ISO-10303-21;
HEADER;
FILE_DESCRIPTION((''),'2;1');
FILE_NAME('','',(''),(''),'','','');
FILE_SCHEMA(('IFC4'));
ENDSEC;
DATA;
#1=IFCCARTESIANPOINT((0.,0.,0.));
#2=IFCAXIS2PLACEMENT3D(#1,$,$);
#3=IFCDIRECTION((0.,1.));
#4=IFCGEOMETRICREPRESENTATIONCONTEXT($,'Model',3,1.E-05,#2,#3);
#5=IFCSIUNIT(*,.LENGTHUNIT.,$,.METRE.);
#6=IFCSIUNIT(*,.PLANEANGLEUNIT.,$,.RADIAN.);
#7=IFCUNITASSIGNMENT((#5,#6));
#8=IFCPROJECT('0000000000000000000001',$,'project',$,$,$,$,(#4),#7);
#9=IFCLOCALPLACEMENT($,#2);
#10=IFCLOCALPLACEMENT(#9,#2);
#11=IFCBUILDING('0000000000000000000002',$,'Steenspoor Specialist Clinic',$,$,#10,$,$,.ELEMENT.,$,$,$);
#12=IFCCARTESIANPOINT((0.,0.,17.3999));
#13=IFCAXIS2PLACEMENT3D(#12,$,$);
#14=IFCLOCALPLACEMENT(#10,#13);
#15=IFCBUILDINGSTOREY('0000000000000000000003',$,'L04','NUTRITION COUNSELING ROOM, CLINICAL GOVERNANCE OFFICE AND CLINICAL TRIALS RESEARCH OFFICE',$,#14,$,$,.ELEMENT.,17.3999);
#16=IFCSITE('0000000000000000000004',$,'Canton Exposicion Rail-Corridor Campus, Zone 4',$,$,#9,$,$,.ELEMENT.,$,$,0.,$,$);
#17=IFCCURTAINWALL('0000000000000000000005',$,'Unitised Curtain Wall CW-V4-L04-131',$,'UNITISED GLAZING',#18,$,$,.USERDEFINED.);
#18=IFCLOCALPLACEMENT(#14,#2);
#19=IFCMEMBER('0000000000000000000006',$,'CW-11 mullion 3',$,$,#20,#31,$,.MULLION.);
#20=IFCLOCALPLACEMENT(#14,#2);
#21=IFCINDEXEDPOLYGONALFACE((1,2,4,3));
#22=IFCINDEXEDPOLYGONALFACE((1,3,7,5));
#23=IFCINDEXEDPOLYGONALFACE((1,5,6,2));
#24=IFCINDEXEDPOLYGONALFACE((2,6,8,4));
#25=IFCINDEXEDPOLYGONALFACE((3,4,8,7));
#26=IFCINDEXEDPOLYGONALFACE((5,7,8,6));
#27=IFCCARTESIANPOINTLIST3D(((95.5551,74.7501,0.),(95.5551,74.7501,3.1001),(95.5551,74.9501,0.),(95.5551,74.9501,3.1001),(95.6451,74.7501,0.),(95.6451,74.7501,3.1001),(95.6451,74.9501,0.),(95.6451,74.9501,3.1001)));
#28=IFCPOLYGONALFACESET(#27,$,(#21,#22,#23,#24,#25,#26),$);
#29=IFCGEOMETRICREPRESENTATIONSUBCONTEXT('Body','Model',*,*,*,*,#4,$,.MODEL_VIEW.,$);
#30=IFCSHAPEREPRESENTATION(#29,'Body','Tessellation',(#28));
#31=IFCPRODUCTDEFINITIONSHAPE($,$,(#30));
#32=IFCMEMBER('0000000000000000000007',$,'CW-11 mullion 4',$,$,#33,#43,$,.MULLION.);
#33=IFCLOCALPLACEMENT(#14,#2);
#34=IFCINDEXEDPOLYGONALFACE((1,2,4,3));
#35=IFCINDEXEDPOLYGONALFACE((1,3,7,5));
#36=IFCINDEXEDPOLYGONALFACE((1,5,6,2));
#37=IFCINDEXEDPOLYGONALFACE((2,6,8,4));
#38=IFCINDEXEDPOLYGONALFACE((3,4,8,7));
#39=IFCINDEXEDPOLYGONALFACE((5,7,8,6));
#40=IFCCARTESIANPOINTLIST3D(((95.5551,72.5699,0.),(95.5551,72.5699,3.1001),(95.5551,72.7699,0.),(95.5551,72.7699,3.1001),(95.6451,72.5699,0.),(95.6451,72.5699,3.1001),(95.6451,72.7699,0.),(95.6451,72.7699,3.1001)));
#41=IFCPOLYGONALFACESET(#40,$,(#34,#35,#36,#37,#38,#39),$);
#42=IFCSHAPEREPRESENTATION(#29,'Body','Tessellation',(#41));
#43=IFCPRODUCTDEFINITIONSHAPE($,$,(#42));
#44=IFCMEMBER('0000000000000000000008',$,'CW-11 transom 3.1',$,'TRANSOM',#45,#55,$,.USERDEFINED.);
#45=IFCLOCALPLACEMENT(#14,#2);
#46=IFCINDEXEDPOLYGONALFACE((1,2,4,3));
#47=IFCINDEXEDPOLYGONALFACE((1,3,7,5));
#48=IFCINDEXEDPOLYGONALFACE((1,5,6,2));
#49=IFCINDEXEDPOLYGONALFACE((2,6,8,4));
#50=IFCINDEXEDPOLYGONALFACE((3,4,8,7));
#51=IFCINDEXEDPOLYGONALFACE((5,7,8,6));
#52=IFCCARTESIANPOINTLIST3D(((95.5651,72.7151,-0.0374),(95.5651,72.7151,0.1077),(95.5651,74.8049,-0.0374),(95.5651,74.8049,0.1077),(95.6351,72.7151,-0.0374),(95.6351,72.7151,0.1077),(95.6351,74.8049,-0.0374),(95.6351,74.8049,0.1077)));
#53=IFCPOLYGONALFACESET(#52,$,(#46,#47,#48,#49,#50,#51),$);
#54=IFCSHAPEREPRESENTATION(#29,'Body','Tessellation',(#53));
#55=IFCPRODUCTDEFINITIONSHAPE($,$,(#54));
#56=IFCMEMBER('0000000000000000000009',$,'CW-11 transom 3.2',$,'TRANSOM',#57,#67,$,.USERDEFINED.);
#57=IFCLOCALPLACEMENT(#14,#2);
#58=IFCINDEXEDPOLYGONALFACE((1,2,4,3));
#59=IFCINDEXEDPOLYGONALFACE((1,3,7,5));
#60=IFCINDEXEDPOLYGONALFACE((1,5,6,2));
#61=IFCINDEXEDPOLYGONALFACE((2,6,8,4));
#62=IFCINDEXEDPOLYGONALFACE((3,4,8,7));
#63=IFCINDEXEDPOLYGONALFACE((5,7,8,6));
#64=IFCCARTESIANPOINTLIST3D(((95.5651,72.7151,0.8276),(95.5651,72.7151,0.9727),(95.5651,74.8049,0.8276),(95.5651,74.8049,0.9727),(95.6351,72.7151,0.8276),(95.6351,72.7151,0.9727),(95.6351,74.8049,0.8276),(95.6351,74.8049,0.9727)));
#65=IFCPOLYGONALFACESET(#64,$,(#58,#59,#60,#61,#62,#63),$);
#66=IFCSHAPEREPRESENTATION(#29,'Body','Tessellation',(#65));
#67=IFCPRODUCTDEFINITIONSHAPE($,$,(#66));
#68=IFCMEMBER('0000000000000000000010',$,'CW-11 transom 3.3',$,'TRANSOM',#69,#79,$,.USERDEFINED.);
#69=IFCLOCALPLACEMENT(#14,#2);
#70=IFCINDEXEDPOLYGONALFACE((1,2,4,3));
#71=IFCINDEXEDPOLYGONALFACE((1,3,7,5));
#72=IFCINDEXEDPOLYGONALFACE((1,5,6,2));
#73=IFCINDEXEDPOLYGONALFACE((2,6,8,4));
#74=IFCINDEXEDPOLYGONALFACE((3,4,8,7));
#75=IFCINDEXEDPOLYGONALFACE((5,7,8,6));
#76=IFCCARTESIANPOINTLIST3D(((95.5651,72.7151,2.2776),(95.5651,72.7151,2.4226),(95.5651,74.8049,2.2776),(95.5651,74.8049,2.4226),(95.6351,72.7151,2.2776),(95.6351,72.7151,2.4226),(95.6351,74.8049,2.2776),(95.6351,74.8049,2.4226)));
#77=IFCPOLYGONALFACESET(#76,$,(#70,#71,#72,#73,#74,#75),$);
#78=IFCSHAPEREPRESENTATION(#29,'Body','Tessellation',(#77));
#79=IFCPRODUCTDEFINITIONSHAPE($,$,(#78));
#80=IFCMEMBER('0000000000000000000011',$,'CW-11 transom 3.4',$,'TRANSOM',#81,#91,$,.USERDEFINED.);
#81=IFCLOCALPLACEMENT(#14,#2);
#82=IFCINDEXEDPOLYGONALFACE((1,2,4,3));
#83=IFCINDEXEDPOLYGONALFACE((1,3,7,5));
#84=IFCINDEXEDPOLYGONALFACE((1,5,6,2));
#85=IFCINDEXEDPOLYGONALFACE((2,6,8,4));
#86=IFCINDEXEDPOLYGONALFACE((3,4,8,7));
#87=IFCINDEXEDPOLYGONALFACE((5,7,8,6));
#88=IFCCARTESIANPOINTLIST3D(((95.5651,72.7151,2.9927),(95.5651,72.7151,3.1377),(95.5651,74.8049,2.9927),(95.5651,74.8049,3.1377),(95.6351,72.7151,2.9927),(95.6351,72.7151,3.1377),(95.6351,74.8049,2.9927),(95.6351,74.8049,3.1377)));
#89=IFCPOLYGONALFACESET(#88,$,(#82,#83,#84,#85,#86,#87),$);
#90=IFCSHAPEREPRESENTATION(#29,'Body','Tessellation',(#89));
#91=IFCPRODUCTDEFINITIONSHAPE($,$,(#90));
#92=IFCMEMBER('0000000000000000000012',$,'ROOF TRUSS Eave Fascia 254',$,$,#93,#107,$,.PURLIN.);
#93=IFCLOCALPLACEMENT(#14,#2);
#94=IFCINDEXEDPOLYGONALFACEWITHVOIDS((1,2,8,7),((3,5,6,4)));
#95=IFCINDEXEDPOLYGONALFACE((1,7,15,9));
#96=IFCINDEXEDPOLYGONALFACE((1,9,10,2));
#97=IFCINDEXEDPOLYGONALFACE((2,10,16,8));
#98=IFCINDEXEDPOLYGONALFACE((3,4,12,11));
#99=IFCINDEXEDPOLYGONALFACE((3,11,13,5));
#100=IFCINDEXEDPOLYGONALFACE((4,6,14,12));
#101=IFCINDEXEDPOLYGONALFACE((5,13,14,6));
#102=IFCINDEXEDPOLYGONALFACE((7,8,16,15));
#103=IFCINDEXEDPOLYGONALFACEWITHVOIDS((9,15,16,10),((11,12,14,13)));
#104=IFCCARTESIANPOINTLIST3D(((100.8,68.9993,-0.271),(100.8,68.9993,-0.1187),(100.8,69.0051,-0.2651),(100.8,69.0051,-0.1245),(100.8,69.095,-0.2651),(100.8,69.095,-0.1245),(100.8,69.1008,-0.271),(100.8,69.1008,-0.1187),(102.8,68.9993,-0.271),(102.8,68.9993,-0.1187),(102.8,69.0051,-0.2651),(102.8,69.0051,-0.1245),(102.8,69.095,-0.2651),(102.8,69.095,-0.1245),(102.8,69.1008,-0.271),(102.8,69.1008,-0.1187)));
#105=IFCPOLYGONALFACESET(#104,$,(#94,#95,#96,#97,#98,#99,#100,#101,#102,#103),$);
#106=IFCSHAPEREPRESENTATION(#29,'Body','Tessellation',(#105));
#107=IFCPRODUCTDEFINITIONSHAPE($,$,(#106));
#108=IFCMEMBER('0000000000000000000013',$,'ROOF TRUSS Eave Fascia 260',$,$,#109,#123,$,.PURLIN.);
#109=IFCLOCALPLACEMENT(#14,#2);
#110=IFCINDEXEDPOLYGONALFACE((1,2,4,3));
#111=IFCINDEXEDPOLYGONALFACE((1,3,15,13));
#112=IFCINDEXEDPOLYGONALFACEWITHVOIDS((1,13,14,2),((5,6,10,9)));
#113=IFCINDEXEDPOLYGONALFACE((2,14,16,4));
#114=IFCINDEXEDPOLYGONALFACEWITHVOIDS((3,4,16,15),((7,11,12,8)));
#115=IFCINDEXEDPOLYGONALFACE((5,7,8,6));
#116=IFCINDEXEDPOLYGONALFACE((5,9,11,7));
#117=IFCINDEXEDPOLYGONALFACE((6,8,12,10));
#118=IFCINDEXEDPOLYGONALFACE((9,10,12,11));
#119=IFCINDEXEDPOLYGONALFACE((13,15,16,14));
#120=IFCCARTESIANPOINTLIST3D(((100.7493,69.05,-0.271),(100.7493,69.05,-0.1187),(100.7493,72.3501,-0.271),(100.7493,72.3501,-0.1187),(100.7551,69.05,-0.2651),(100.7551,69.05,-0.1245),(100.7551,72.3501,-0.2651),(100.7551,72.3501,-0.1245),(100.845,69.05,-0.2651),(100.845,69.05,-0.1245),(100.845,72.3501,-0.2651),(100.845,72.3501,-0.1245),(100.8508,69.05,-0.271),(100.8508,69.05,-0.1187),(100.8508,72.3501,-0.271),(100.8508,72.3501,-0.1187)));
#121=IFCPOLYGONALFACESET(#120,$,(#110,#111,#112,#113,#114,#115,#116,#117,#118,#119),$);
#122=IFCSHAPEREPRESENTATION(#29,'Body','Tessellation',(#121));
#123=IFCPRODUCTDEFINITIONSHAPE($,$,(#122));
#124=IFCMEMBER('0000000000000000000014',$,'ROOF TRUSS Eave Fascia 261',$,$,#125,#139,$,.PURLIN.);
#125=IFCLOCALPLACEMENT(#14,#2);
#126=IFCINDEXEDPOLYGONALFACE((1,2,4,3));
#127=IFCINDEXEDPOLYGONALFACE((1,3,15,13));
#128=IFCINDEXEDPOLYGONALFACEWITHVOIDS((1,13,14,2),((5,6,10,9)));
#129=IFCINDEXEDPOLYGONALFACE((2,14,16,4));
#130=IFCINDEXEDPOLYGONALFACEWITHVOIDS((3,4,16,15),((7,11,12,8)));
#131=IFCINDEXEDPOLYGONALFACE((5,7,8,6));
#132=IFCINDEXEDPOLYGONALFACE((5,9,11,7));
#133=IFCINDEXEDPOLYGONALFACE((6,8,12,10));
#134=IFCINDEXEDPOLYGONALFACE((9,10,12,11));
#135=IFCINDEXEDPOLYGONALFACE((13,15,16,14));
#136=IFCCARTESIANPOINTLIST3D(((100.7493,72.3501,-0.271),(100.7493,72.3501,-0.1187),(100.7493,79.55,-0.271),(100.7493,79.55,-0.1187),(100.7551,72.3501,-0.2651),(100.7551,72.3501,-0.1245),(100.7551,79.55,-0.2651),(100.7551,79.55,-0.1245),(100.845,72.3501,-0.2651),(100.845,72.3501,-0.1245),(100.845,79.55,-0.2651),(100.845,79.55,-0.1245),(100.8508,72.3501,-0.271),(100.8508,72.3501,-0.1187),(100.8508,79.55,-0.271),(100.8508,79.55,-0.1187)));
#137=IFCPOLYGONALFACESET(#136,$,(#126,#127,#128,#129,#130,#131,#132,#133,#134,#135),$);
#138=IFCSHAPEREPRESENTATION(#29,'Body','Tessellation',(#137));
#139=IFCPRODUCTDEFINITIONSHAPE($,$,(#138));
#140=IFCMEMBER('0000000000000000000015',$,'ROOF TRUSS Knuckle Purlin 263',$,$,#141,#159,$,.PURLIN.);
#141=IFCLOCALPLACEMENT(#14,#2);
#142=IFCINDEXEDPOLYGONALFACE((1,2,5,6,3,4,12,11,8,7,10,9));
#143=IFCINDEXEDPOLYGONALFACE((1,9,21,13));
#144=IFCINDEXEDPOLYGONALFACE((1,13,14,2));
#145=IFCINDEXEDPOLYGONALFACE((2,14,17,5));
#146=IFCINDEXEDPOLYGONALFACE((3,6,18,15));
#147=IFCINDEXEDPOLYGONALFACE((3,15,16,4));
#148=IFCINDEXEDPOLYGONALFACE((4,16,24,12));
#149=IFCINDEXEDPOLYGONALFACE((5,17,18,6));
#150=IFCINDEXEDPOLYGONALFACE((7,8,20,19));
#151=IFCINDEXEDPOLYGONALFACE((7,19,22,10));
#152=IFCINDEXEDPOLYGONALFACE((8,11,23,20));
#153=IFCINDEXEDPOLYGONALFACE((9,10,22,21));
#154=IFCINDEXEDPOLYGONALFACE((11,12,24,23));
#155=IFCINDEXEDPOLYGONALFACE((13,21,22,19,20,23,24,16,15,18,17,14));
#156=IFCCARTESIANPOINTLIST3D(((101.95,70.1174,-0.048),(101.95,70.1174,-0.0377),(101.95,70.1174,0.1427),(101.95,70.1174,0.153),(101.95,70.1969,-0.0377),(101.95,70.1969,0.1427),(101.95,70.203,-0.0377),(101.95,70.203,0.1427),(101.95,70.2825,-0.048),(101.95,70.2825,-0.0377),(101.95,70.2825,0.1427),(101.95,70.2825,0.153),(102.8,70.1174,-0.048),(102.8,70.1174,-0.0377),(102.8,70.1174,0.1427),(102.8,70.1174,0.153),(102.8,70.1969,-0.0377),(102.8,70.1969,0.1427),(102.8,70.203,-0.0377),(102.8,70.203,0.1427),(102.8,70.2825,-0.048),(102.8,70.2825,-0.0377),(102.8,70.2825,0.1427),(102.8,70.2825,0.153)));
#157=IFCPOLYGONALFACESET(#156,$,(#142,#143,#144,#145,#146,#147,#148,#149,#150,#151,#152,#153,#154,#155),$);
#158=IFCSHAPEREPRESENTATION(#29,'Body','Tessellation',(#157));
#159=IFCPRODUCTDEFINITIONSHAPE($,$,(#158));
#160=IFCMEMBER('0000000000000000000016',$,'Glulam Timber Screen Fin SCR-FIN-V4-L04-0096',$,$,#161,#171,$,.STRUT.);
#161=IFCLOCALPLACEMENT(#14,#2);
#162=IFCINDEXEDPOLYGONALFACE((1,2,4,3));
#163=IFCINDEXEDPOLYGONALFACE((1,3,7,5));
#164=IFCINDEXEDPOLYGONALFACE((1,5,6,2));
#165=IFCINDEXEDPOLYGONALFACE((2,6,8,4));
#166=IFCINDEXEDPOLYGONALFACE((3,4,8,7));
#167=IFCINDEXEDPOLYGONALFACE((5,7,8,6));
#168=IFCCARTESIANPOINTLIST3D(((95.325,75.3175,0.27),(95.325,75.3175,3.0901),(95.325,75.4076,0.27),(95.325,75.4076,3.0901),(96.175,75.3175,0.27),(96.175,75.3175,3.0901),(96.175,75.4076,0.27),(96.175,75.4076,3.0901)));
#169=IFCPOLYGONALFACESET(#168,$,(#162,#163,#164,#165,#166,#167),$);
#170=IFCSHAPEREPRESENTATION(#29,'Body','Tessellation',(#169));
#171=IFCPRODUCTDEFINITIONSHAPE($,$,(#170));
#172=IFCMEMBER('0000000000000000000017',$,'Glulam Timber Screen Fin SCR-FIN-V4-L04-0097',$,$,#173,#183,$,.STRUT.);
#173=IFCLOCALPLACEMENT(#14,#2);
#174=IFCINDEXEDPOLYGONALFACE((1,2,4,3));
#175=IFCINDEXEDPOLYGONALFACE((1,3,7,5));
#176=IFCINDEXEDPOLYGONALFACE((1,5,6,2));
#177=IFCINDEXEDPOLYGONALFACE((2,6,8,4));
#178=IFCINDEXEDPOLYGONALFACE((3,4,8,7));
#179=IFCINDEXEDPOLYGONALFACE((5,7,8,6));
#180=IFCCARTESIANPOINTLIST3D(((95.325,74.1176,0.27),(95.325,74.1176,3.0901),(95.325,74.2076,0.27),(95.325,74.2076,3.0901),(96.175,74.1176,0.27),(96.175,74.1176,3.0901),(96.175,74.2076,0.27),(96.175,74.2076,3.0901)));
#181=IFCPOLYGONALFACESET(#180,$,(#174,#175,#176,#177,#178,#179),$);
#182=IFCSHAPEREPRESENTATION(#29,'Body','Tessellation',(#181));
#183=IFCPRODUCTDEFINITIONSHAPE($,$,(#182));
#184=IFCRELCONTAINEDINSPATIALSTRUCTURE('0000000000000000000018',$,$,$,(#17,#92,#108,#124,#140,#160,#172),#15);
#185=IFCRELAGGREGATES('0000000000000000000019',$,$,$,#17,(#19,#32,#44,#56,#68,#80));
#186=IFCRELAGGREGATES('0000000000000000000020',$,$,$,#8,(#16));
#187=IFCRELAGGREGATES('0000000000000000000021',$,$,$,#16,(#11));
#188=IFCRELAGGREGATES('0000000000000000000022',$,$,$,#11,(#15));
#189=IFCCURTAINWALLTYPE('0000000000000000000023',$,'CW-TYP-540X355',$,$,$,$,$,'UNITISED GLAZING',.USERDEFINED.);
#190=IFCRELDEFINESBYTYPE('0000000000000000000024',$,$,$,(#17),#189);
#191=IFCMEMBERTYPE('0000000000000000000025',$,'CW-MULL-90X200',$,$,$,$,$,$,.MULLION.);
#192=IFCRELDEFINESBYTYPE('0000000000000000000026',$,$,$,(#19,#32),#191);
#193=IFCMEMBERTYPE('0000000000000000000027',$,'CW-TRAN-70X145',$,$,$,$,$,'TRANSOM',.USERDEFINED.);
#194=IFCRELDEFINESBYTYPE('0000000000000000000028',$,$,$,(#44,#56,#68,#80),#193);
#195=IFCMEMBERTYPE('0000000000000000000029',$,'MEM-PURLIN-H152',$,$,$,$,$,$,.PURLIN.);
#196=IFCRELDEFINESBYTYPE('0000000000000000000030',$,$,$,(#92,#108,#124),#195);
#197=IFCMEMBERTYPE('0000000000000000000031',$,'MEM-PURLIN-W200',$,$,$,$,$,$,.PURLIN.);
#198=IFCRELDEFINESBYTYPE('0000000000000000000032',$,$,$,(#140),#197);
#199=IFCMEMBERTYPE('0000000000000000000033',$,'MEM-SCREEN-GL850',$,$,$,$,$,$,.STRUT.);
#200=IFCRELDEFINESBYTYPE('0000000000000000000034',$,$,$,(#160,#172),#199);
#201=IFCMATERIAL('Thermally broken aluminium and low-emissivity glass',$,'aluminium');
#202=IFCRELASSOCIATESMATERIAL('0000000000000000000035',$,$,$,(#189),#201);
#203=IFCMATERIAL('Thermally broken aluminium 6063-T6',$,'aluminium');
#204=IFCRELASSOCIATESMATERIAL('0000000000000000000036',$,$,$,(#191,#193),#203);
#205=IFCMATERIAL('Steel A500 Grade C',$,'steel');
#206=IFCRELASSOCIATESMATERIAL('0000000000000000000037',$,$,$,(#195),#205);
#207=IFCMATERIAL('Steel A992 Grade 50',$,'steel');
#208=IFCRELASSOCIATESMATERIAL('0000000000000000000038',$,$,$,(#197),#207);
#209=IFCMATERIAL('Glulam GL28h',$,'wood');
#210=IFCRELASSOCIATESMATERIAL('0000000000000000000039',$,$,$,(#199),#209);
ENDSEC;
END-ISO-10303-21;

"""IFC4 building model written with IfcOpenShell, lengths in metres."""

from ifc_helpers import new_model, si_unit, direction, frame, origin, origin_2d, place, context, subcontext, project, spatial, rectangle, hollow_rectangle, i_section, extrude, material, material_profile, profile_set, type_object, element, aggregate, save


model = new_model("IFC4")

# Units and contexts
model_context = context("Model", 3, precision=1e-05, world=origin(), true_north=direction((0.0, 1.0)))
body_context = subcontext(model_context, "Body", "Model", "MODEL_VIEW")
ifc_project = project(units=[si_unit("LENGTHUNIT", "METRE"), si_unit("PLANEANGLEUNIT", "RADIAN")], contexts=[model_context])

# Site, building, storey
site_placement = place(None, origin())
site = spatial("IfcSite", under=ifc_project, at=site_placement, Name="Canton Exposicion Rail-Corridor Campus, Zone 4", CompositionType="ELEMENT", RefElevation=0.0)
building_placement = place(site_placement, origin())
building = spatial("IfcBuilding", under=site, at=building_placement, Name="Steenspoor Specialist Clinic", CompositionType="ELEMENT")
storey_placement = place(building_placement, frame((0.0, 0.0, 17.3999)))
storey = spatial("IfcBuildingStorey", under=building, at=storey_placement, Name="L04", Description="NUTRITION COUNSELING ROOM, CLINICAL GOVERNANCE OFFICE AND CLINICAL TRIALS RESEARCH OFFICE", CompositionType="ELEMENT", Elevation=17.3999)

# Curtain wall, members
ifc_material_1 = material(Name="Thermally broken aluminium and low-emissivity glass", Category="aluminium")
curtain_wall_type = type_object("IfcCurtainWallType", Name="CW-TYP-540X355", ElementType="UNITISED GLAZING", PredefinedType="USERDEFINED", material=ifc_material_1)
curtain_wall_placement = place(storey_placement, origin())
curtain_wall = element("IfcCurtainWall", 1, at=curtain_wall_placement, inside=storey, type_object=curtain_wall_type, Name="Unitised Curtain Wall CW-V4-L04-131", ObjectType="UNITISED GLAZING", PredefinedType="USERDEFINED")
ifc_material_2 = material(Name="Thermally broken aluminium 6063-T6", Category="aluminium")
ifc_material_profile_1 = material_profile(ifc_material_2, rectangle(XDim=0.0901, YDim=0.2, at=origin_2d()), Name="CWM-90X200")
ifc_profile_set_1 = profile_set([ifc_material_profile_1], Name="Thermally broken aluminium 6063-T6")
member_type_1 = type_object("IfcMemberType", Name="CW-MULL-90X200", PredefinedType="MULLION", material=ifc_profile_set_1)
member_1_placement = place(storey_placement, frame((95.6001, 74.8501, 0.0), z_axis=(0.0, 0.0, 1.0), x_axis=(1.0, 0.0, 0.0)))
member_1 = element("IfcMember", 2, at=member_1_placement, type_object=member_type_1, Name="CW-11 mullion 3", PredefinedType="MULLION", context=body_context, shape_type="SweptSolid", body=[
    extrude(rectangle(XDim=0.0901, YDim=0.2, at=origin_2d()), origin(), (0.0, 0.0, 1.0), 3.1001),
])
member_2_placement = place(storey_placement, frame((95.6001, 72.6699, 0.0), z_axis=(0.0, 0.0, 1.0), x_axis=(1.0, 0.0, 0.0)))
member_2 = element("IfcMember", 3, at=member_2_placement, type_object=member_type_1, Name="CW-11 mullion 4", PredefinedType="MULLION", context=body_context, shape_type="SweptSolid", body=[
    extrude(rectangle(XDim=0.0901, YDim=0.2, at=origin_2d()), origin(), (0.0, 0.0, 1.0), 3.1001),
])
ifc_material_profile_2 = material_profile(ifc_material_2, rectangle(XDim=0.0701, YDim=0.145, at=origin_2d()), Name="CWT-70X145")
ifc_profile_set_2 = profile_set([ifc_material_profile_2], Name="Thermally broken aluminium 6063-T6")
member_type_2 = type_object("IfcMemberType", Name="CW-TRAN-70X145", ElementType="TRANSOM", PredefinedType="USERDEFINED", material=ifc_profile_set_2)
member_3_placement = place(storey_placement, frame((95.6001, 74.8049, 0.0352), z_axis=(0.0, -1.0, 0.0), x_axis=(1.0, 0.0, 0.0)))
member_3 = element("IfcMember", 4, at=member_3_placement, type_object=member_type_2, Name="CW-11 transom 3.1", ObjectType="TRANSOM", PredefinedType="USERDEFINED", context=body_context, shape_type="SweptSolid", body=[
    extrude(rectangle(XDim=0.0701, YDim=0.145, at=origin_2d()), origin(), (0.0, 0.0, 1.0), 2.0898),
])
member_4_placement = place(storey_placement, frame((95.6001, 74.8049, 0.9001), z_axis=(0.0, -1.0, 0.0), x_axis=(1.0, 0.0, 0.0)))
member_4 = element("IfcMember", 5, at=member_4_placement, type_object=member_type_2, Name="CW-11 transom 3.2", ObjectType="TRANSOM", PredefinedType="USERDEFINED", context=body_context, shape_type="SweptSolid", body=[
    extrude(rectangle(XDim=0.0701, YDim=0.145, at=origin_2d()), origin(), (0.0, 0.0, 1.0), 2.0898),
])
member_5_placement = place(storey_placement, frame((95.6001, 74.8049, 2.3501), z_axis=(0.0, -1.0, 0.0), x_axis=(1.0, 0.0, 0.0)))
member_5 = element("IfcMember", 6, at=member_5_placement, type_object=member_type_2, Name="CW-11 transom 3.3", ObjectType="TRANSOM", PredefinedType="USERDEFINED", context=body_context, shape_type="SweptSolid", body=[
    extrude(rectangle(XDim=0.0701, YDim=0.145, at=origin_2d()), origin(), (0.0, 0.0, 1.0), 2.0898),
])
member_6_placement = place(storey_placement, frame((95.6001, 74.8049, 3.0652), z_axis=(0.0, -1.0, 0.0), x_axis=(1.0, 0.0, 0.0)))
member_6 = element("IfcMember", 7, at=member_6_placement, type_object=member_type_2, Name="CW-11 transom 3.4", ObjectType="TRANSOM", PredefinedType="USERDEFINED", context=body_context, shape_type="SweptSolid", body=[
    extrude(rectangle(XDim=0.0701, YDim=0.145, at=origin_2d()), origin(), (0.0, 0.0, 1.0), 2.0898),
])

# Members
ifc_material_3 = material(Name="Steel A500 Grade C", Category="steel")
ifc_material_profile_3 = material_profile(ifc_material_3, hollow_rectangle(XDim=0.1016, YDim=0.1523, WallThickness=0.0059, at=origin_2d()), Name="HSS152X102X6.4")
ifc_profile_set_3 = profile_set([ifc_material_profile_3], Name="Steel A500 Grade C")
member_type_3 = type_object("IfcMemberType", Name="MEM-PURLIN-H152", PredefinedType="PURLIN", material=ifc_profile_set_3)
member_7_placement = place(storey_placement, frame((100.8, 69.05, -0.1948), z_axis=(1.0, 0.0, 0.0), x_axis=(0.0, 1.0, 0.0)))
element("IfcMember", 8, at=member_7_placement, inside=storey, type_object=member_type_3, Name="ROOF TRUSS Eave Fascia 254", PredefinedType="PURLIN", context=body_context, shape_type="SweptSolid", body=[
    extrude(hollow_rectangle(XDim=0.1016, YDim=0.1523, WallThickness=0.0059, at=origin_2d()), origin(), (0.0, 0.0, 1.0), 2.0),
])
member_8_placement = place(storey_placement, frame((100.8, 69.05, -0.1948), z_axis=(0.0, 1.0, 0.0), x_axis=(-1.0, 0.0, 0.0)))
element("IfcMember", 9, at=member_8_placement, inside=storey, type_object=member_type_3, Name="ROOF TRUSS Eave Fascia 260", PredefinedType="PURLIN", context=body_context, shape_type="SweptSolid", body=[
    extrude(hollow_rectangle(XDim=0.1016, YDim=0.1523, WallThickness=0.0059, at=origin_2d()), origin(), (0.0, 0.0, 1.0), 3.3),
])
member_9_placement = place(storey_placement, frame((100.8, 72.3501, -0.1948), z_axis=(0.0, 1.0, 0.0), x_axis=(-1.0, 0.0, 0.0)))
element("IfcMember", 10, at=member_9_placement, inside=storey, type_object=member_type_3, Name="ROOF TRUSS Eave Fascia 261", PredefinedType="PURLIN", context=body_context, shape_type="SweptSolid", body=[
    extrude(hollow_rectangle(XDim=0.1016, YDim=0.1523, WallThickness=0.0059, at=origin_2d()), origin(), (0.0, 0.0, 1.0), 7.2),
])
ifc_material_4 = material(Name="Steel A992 Grade 50", Category="steel")
ifc_material_profile_4 = material_profile(ifc_material_4, i_section(OverallWidth=0.165, OverallDepth=0.2009, WebThickness=0.0061, FlangeThickness=0.0103, at=origin_2d()), Name="W200X36")
ifc_profile_set_4 = profile_set([ifc_material_profile_4], Name="Steel A992 Grade 50")
member_type_4 = type_object("IfcMemberType", Name="MEM-PURLIN-W200", PredefinedType="PURLIN", material=ifc_profile_set_4)
member_10_placement = place(storey_placement, frame((101.95, 70.2, 0.0525), z_axis=(1.0, 0.0, 0.0), x_axis=(0.0, 1.0, 0.0)))
element("IfcMember", 11, at=member_10_placement, inside=storey, type_object=member_type_4, Name="ROOF TRUSS Knuckle Purlin 263", PredefinedType="PURLIN", context=body_context, shape_type="SweptSolid", body=[
    extrude(i_section(OverallWidth=0.165, OverallDepth=0.2009, WebThickness=0.0061, FlangeThickness=0.0103, at=origin_2d()), origin(), (0.0, 0.0, 1.0), 0.8501),
])
ifc_material_5 = material(Name="Glulam GL28h", Category="wood")
ifc_material_profile_5 = material_profile(ifc_material_5, rectangle(XDim=0.0901, YDim=0.8501, at=origin_2d()), Name="GL28H-90X850")
ifc_profile_set_5 = profile_set([ifc_material_profile_5], Name="Glulam GL28h")
member_type_5 = type_object("IfcMemberType", Name="MEM-SCREEN-GL850", PredefinedType="STRUT", material=ifc_profile_set_5)
for number, where, z_axis, x_axis, name in (
    (12, (95.75, 75.3625, 0.27), (0.0, 0.0, 1.0), (0.0, -1.0, 0.0), "Glulam Timber Screen Fin SCR-FIN-V4-L04-0096"),
    (13, (95.75, 74.1626, 0.27), (0.0, 0.0, 1.0), (0.0, -1.0, 0.0), "Glulam Timber Screen Fin SCR-FIN-V4-L04-0097"),
):
    element("IfcMember", number, at=place(storey_placement, frame(where, z_axis=z_axis, x_axis=x_axis)), inside=storey, type_object=member_type_5, Name=name, PredefinedType="STRUT", context=body_context, shape_type="SweptSolid", body=[
        extrude(rectangle(XDim=0.0901, YDim=0.8501, at=origin_2d()), origin(), (0.0, 0.0, 1.0), 2.8201),
    ])

aggregate(curtain_wall, [member_1, member_2, member_3, member_4, member_5, member_6])

save(model, "model.ifc")
